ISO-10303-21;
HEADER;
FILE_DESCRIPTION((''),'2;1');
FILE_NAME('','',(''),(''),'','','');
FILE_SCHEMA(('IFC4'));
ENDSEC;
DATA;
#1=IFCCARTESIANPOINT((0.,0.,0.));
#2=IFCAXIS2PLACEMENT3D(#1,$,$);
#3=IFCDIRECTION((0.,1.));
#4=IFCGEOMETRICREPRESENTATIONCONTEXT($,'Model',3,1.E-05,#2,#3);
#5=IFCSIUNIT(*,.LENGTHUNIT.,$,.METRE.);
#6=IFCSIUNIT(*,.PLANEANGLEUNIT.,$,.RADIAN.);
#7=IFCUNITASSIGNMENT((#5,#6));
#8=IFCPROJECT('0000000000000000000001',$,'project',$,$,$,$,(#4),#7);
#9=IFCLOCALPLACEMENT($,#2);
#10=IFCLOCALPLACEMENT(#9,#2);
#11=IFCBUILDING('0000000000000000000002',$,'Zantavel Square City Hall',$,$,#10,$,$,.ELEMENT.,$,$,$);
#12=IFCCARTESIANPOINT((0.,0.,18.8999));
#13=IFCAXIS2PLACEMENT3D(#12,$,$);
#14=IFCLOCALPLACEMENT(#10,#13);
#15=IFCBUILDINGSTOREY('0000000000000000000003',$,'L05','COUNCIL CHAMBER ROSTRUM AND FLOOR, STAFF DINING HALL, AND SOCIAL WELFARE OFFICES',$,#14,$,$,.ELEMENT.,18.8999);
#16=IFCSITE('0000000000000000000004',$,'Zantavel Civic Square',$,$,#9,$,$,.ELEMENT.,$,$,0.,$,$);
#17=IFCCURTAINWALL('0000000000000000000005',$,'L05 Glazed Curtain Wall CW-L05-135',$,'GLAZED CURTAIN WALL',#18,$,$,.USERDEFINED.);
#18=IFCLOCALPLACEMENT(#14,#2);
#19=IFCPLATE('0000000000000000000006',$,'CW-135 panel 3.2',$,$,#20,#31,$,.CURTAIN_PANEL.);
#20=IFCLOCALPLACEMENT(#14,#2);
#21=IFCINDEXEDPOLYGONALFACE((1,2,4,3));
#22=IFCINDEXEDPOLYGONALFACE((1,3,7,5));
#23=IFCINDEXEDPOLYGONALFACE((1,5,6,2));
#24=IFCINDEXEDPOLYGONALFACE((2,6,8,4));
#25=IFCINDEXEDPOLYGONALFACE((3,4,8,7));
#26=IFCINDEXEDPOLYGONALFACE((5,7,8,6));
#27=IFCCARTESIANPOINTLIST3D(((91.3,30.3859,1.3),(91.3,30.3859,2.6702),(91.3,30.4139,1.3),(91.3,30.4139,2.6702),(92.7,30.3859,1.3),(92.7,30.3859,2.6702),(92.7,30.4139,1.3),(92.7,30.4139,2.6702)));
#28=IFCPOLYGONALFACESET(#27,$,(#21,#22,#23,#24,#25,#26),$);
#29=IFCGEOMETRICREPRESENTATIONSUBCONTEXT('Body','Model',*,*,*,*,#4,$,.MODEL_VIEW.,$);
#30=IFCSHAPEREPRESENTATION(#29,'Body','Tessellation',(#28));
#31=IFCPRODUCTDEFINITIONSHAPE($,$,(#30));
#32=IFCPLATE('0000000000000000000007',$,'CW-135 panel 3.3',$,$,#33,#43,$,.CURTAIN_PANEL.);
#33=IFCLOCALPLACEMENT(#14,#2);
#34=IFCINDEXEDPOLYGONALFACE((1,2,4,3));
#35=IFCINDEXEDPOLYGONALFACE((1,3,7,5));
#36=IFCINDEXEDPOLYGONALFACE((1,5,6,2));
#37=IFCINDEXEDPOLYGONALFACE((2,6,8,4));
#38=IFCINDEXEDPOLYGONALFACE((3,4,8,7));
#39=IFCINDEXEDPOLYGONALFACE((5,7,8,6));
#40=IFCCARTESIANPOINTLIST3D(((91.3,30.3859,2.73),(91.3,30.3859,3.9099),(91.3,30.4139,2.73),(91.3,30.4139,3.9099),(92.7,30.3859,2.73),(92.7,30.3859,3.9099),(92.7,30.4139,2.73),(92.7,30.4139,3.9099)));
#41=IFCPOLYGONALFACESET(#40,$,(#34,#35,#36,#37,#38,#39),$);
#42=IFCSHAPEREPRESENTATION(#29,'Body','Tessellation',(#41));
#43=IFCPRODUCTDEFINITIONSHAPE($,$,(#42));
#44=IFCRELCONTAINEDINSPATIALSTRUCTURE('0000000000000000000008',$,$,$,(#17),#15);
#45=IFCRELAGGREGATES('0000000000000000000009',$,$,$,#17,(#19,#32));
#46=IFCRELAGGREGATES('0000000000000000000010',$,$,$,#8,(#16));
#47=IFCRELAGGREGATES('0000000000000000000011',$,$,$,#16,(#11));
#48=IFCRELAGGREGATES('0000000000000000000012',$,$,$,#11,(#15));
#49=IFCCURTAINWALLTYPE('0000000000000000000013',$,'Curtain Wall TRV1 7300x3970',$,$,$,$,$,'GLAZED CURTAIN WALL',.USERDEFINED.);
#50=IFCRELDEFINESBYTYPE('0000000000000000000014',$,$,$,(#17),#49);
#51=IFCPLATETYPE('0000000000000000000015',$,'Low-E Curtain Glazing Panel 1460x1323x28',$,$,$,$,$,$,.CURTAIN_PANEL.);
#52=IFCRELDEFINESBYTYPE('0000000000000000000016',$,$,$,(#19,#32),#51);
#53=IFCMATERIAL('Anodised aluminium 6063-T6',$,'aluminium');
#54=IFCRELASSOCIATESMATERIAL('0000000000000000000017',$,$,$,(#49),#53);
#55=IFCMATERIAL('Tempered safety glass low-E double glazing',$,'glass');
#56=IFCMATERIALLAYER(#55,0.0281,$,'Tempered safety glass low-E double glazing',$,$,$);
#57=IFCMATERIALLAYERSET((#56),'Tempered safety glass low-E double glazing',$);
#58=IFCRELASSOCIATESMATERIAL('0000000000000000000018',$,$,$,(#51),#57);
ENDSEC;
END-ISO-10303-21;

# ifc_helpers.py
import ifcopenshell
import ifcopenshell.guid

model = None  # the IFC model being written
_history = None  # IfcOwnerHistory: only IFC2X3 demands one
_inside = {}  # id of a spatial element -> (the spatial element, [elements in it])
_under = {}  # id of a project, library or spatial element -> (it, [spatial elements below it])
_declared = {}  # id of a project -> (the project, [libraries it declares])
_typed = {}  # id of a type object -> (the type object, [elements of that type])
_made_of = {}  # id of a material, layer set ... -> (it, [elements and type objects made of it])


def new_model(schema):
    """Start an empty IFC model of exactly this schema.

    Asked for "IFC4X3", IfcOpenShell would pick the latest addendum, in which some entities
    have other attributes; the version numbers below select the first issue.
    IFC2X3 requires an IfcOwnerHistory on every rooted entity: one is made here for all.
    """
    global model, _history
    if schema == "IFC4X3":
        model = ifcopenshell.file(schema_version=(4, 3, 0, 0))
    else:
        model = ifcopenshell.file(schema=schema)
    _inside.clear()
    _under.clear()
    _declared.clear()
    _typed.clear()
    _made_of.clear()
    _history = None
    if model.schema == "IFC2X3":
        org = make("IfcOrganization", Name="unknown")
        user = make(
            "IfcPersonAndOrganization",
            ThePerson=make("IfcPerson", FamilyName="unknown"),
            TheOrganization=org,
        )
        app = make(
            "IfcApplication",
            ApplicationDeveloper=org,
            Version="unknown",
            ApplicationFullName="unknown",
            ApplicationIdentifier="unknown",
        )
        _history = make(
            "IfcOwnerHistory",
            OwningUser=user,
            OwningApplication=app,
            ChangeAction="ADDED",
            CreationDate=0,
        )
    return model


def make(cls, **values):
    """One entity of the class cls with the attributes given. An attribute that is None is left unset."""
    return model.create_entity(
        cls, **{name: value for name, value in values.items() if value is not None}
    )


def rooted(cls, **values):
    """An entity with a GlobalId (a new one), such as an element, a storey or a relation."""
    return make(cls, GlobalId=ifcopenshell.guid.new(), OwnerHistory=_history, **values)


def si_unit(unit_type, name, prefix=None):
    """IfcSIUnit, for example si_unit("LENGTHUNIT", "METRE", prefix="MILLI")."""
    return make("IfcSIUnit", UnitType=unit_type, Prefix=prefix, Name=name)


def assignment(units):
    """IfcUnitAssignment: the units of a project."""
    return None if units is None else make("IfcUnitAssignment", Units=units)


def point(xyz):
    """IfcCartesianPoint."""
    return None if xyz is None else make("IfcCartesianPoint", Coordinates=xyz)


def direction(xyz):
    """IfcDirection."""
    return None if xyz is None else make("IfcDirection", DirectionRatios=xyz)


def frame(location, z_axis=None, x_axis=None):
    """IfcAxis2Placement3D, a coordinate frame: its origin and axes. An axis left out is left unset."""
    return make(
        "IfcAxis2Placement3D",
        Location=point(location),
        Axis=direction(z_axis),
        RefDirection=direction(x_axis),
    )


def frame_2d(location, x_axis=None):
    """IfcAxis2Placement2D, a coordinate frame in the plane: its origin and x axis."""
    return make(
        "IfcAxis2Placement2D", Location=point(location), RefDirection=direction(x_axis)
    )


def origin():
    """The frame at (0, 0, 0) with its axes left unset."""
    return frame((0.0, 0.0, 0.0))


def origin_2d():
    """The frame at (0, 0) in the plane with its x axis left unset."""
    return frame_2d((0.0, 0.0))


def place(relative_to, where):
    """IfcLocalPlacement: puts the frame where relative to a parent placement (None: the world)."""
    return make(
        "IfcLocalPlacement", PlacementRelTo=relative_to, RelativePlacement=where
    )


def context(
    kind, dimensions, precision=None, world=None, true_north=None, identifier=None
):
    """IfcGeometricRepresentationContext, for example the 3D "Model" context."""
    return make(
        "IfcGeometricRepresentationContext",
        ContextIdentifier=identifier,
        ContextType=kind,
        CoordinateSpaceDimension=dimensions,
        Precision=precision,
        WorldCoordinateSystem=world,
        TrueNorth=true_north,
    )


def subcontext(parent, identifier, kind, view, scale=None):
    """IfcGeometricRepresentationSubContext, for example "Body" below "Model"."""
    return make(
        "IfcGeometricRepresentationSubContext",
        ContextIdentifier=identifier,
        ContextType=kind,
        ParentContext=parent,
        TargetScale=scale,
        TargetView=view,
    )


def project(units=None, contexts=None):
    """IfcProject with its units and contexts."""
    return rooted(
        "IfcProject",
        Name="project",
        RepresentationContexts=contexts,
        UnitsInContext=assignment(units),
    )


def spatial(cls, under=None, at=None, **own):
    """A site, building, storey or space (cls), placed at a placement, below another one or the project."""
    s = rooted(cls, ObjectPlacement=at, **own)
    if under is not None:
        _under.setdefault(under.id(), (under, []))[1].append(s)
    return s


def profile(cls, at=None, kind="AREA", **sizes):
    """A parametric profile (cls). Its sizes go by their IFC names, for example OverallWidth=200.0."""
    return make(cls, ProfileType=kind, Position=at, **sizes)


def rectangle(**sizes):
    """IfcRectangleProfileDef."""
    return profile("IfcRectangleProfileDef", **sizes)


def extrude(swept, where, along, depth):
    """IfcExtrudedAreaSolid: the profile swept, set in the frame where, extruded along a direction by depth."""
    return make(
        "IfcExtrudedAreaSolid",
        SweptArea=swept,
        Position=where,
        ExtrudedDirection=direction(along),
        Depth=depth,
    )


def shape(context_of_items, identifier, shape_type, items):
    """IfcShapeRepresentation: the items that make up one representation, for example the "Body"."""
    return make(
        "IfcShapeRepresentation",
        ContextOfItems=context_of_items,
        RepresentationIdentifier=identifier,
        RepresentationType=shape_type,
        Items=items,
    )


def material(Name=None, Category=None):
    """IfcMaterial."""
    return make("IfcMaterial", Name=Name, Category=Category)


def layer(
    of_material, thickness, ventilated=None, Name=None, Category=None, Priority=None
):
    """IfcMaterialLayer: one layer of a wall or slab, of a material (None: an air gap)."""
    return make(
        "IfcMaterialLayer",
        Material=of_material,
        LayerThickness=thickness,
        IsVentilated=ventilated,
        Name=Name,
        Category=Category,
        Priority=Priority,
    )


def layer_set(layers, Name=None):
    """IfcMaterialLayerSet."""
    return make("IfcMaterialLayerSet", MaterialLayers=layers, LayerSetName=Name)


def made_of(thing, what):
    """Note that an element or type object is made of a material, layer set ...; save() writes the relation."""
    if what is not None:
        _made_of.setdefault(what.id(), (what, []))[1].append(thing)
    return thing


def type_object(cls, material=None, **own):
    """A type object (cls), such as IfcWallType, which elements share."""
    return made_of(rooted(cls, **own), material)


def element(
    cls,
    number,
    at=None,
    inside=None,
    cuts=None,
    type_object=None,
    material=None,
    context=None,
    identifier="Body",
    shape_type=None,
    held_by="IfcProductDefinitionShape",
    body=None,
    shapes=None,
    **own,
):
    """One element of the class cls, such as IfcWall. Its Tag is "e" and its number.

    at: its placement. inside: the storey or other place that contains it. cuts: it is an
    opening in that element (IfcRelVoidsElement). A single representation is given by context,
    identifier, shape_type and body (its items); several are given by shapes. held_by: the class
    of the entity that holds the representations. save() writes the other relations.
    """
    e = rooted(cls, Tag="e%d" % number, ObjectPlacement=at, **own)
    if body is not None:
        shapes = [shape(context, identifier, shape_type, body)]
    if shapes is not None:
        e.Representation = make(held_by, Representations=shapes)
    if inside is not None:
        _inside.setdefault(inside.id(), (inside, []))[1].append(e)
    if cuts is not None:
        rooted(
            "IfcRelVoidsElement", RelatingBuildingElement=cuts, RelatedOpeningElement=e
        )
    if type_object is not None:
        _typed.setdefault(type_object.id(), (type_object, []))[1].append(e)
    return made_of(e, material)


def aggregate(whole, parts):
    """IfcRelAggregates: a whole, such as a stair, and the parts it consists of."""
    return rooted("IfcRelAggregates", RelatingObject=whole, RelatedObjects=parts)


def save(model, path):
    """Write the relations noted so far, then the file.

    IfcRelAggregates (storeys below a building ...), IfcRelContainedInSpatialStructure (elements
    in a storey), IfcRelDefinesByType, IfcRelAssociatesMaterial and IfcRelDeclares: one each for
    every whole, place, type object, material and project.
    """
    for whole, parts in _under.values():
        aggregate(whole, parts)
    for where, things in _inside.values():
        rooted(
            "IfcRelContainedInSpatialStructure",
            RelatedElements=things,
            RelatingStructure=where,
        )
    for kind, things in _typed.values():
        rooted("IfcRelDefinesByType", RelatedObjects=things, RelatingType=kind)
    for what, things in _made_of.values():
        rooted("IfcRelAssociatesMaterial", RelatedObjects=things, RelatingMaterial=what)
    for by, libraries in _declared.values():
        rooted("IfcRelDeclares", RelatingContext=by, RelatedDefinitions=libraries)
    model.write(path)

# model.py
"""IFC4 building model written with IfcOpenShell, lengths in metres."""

from ifc_helpers import new_model, si_unit, direction, frame, origin, origin_2d, place, context, subcontext, project, spatial, rectangle, extrude, material, layer, layer_set, type_object, element, aggregate, save


model = new_model("IFC4")

# Units and contexts
model_context = context("Model", 3, precision=1e-05, world=origin(), true_north=direction((0.0, 1.0)))
body_context = subcontext(model_context, "Body", "Model", "MODEL_VIEW")
ifc_project = project(units=[si_unit("LENGTHUNIT", "METRE"), si_unit("PLANEANGLEUNIT", "RADIAN")], contexts=[model_context])

# Site, building, storey
site_placement = place(None, origin())
site = spatial("IfcSite", under=ifc_project, at=site_placement, Name="Zantavel Civic Square", CompositionType="ELEMENT", RefElevation=0.0)
building_placement = place(site_placement, origin())
building = spatial("IfcBuilding", under=site, at=building_placement, Name="Zantavel Square City Hall", CompositionType="ELEMENT")
storey_placement = place(building_placement, frame((0.0, 0.0, 18.8999)))
storey = spatial("IfcBuildingStorey", under=building, at=storey_placement, Name="L05", Description="COUNCIL CHAMBER ROSTRUM AND FLOOR, STAFF DINING HALL, AND SOCIAL WELFARE OFFICES", CompositionType="ELEMENT", Elevation=18.8999)

# Shared definitions
ifc_material_1 = material(Name="Anodised aluminium 6063-T6", Category="aluminium")
curtain_wall_type = type_object("IfcCurtainWallType", Name="Curtain Wall TRV1 7300x3970", ElementType="GLAZED CURTAIN WALL", PredefinedType="USERDEFINED", material=ifc_material_1)

# Curtain wall
curtain_wall_1_placement = place(storey_placement, origin())
curtain_wall_1 = element("IfcCurtainWall", 1, at=curtain_wall_1_placement, inside=storey, type_object=curtain_wall_type, Name="L05 Glazed Curtain Wall CW-L05-135", ObjectType="GLAZED CURTAIN WALL", PredefinedType="USERDEFINED")

# Plates
ifc_material_2 = material(Name="Tempered safety glass low-E double glazing", Category="glass")
ifc_layer = layer(ifc_material_2, 0.0281, Name="Tempered safety glass low-E double glazing")
ifc_layer_set = layer_set([ifc_layer], Name="Tempered safety glass low-E double glazing")
plate_type = type_object("IfcPlateType", Name="Low-E Curtain Glazing Panel 1460x1323x28", PredefinedType="CURTAIN_PANEL", material=ifc_layer_set)
plate_1_placement = place(storey_placement, frame((92.0, 30.3999, 1.3), z_axis=(0.0, 0.0, 1.0), x_axis=(-1.0, 0.0, 0.0)))
plate_1 = element("IfcPlate", 2, at=plate_1_placement, type_object=plate_type, Name="CW-135 panel 3.2", PredefinedType="CURTAIN_PANEL", context=body_context, shape_type="SweptSolid", body=[
    extrude(rectangle(XDim=1.3999, YDim=0.0281, at=origin_2d()), origin(), (0.0, 0.0, 1.0), 1.3701),
])
plate_2_placement = place(storey_placement, frame((92.0, 30.3999, 2.73), z_axis=(0.0, 0.0, 1.0), x_axis=(-1.0, 0.0, 0.0)))
plate_2 = element("IfcPlate", 3, at=plate_2_placement, type_object=plate_type, Name="CW-135 panel 3.3", PredefinedType="CURTAIN_PANEL", context=body_context, shape_type="SweptSolid", body=[
    extrude(rectangle(XDim=1.3999, YDim=0.0281, at=origin_2d()), origin(), (0.0, 0.0, 1.0), 1.1799),
])
aggregate(curtain_wall_1, [plate_1, plate_2])

save(model, "model.ifc")
